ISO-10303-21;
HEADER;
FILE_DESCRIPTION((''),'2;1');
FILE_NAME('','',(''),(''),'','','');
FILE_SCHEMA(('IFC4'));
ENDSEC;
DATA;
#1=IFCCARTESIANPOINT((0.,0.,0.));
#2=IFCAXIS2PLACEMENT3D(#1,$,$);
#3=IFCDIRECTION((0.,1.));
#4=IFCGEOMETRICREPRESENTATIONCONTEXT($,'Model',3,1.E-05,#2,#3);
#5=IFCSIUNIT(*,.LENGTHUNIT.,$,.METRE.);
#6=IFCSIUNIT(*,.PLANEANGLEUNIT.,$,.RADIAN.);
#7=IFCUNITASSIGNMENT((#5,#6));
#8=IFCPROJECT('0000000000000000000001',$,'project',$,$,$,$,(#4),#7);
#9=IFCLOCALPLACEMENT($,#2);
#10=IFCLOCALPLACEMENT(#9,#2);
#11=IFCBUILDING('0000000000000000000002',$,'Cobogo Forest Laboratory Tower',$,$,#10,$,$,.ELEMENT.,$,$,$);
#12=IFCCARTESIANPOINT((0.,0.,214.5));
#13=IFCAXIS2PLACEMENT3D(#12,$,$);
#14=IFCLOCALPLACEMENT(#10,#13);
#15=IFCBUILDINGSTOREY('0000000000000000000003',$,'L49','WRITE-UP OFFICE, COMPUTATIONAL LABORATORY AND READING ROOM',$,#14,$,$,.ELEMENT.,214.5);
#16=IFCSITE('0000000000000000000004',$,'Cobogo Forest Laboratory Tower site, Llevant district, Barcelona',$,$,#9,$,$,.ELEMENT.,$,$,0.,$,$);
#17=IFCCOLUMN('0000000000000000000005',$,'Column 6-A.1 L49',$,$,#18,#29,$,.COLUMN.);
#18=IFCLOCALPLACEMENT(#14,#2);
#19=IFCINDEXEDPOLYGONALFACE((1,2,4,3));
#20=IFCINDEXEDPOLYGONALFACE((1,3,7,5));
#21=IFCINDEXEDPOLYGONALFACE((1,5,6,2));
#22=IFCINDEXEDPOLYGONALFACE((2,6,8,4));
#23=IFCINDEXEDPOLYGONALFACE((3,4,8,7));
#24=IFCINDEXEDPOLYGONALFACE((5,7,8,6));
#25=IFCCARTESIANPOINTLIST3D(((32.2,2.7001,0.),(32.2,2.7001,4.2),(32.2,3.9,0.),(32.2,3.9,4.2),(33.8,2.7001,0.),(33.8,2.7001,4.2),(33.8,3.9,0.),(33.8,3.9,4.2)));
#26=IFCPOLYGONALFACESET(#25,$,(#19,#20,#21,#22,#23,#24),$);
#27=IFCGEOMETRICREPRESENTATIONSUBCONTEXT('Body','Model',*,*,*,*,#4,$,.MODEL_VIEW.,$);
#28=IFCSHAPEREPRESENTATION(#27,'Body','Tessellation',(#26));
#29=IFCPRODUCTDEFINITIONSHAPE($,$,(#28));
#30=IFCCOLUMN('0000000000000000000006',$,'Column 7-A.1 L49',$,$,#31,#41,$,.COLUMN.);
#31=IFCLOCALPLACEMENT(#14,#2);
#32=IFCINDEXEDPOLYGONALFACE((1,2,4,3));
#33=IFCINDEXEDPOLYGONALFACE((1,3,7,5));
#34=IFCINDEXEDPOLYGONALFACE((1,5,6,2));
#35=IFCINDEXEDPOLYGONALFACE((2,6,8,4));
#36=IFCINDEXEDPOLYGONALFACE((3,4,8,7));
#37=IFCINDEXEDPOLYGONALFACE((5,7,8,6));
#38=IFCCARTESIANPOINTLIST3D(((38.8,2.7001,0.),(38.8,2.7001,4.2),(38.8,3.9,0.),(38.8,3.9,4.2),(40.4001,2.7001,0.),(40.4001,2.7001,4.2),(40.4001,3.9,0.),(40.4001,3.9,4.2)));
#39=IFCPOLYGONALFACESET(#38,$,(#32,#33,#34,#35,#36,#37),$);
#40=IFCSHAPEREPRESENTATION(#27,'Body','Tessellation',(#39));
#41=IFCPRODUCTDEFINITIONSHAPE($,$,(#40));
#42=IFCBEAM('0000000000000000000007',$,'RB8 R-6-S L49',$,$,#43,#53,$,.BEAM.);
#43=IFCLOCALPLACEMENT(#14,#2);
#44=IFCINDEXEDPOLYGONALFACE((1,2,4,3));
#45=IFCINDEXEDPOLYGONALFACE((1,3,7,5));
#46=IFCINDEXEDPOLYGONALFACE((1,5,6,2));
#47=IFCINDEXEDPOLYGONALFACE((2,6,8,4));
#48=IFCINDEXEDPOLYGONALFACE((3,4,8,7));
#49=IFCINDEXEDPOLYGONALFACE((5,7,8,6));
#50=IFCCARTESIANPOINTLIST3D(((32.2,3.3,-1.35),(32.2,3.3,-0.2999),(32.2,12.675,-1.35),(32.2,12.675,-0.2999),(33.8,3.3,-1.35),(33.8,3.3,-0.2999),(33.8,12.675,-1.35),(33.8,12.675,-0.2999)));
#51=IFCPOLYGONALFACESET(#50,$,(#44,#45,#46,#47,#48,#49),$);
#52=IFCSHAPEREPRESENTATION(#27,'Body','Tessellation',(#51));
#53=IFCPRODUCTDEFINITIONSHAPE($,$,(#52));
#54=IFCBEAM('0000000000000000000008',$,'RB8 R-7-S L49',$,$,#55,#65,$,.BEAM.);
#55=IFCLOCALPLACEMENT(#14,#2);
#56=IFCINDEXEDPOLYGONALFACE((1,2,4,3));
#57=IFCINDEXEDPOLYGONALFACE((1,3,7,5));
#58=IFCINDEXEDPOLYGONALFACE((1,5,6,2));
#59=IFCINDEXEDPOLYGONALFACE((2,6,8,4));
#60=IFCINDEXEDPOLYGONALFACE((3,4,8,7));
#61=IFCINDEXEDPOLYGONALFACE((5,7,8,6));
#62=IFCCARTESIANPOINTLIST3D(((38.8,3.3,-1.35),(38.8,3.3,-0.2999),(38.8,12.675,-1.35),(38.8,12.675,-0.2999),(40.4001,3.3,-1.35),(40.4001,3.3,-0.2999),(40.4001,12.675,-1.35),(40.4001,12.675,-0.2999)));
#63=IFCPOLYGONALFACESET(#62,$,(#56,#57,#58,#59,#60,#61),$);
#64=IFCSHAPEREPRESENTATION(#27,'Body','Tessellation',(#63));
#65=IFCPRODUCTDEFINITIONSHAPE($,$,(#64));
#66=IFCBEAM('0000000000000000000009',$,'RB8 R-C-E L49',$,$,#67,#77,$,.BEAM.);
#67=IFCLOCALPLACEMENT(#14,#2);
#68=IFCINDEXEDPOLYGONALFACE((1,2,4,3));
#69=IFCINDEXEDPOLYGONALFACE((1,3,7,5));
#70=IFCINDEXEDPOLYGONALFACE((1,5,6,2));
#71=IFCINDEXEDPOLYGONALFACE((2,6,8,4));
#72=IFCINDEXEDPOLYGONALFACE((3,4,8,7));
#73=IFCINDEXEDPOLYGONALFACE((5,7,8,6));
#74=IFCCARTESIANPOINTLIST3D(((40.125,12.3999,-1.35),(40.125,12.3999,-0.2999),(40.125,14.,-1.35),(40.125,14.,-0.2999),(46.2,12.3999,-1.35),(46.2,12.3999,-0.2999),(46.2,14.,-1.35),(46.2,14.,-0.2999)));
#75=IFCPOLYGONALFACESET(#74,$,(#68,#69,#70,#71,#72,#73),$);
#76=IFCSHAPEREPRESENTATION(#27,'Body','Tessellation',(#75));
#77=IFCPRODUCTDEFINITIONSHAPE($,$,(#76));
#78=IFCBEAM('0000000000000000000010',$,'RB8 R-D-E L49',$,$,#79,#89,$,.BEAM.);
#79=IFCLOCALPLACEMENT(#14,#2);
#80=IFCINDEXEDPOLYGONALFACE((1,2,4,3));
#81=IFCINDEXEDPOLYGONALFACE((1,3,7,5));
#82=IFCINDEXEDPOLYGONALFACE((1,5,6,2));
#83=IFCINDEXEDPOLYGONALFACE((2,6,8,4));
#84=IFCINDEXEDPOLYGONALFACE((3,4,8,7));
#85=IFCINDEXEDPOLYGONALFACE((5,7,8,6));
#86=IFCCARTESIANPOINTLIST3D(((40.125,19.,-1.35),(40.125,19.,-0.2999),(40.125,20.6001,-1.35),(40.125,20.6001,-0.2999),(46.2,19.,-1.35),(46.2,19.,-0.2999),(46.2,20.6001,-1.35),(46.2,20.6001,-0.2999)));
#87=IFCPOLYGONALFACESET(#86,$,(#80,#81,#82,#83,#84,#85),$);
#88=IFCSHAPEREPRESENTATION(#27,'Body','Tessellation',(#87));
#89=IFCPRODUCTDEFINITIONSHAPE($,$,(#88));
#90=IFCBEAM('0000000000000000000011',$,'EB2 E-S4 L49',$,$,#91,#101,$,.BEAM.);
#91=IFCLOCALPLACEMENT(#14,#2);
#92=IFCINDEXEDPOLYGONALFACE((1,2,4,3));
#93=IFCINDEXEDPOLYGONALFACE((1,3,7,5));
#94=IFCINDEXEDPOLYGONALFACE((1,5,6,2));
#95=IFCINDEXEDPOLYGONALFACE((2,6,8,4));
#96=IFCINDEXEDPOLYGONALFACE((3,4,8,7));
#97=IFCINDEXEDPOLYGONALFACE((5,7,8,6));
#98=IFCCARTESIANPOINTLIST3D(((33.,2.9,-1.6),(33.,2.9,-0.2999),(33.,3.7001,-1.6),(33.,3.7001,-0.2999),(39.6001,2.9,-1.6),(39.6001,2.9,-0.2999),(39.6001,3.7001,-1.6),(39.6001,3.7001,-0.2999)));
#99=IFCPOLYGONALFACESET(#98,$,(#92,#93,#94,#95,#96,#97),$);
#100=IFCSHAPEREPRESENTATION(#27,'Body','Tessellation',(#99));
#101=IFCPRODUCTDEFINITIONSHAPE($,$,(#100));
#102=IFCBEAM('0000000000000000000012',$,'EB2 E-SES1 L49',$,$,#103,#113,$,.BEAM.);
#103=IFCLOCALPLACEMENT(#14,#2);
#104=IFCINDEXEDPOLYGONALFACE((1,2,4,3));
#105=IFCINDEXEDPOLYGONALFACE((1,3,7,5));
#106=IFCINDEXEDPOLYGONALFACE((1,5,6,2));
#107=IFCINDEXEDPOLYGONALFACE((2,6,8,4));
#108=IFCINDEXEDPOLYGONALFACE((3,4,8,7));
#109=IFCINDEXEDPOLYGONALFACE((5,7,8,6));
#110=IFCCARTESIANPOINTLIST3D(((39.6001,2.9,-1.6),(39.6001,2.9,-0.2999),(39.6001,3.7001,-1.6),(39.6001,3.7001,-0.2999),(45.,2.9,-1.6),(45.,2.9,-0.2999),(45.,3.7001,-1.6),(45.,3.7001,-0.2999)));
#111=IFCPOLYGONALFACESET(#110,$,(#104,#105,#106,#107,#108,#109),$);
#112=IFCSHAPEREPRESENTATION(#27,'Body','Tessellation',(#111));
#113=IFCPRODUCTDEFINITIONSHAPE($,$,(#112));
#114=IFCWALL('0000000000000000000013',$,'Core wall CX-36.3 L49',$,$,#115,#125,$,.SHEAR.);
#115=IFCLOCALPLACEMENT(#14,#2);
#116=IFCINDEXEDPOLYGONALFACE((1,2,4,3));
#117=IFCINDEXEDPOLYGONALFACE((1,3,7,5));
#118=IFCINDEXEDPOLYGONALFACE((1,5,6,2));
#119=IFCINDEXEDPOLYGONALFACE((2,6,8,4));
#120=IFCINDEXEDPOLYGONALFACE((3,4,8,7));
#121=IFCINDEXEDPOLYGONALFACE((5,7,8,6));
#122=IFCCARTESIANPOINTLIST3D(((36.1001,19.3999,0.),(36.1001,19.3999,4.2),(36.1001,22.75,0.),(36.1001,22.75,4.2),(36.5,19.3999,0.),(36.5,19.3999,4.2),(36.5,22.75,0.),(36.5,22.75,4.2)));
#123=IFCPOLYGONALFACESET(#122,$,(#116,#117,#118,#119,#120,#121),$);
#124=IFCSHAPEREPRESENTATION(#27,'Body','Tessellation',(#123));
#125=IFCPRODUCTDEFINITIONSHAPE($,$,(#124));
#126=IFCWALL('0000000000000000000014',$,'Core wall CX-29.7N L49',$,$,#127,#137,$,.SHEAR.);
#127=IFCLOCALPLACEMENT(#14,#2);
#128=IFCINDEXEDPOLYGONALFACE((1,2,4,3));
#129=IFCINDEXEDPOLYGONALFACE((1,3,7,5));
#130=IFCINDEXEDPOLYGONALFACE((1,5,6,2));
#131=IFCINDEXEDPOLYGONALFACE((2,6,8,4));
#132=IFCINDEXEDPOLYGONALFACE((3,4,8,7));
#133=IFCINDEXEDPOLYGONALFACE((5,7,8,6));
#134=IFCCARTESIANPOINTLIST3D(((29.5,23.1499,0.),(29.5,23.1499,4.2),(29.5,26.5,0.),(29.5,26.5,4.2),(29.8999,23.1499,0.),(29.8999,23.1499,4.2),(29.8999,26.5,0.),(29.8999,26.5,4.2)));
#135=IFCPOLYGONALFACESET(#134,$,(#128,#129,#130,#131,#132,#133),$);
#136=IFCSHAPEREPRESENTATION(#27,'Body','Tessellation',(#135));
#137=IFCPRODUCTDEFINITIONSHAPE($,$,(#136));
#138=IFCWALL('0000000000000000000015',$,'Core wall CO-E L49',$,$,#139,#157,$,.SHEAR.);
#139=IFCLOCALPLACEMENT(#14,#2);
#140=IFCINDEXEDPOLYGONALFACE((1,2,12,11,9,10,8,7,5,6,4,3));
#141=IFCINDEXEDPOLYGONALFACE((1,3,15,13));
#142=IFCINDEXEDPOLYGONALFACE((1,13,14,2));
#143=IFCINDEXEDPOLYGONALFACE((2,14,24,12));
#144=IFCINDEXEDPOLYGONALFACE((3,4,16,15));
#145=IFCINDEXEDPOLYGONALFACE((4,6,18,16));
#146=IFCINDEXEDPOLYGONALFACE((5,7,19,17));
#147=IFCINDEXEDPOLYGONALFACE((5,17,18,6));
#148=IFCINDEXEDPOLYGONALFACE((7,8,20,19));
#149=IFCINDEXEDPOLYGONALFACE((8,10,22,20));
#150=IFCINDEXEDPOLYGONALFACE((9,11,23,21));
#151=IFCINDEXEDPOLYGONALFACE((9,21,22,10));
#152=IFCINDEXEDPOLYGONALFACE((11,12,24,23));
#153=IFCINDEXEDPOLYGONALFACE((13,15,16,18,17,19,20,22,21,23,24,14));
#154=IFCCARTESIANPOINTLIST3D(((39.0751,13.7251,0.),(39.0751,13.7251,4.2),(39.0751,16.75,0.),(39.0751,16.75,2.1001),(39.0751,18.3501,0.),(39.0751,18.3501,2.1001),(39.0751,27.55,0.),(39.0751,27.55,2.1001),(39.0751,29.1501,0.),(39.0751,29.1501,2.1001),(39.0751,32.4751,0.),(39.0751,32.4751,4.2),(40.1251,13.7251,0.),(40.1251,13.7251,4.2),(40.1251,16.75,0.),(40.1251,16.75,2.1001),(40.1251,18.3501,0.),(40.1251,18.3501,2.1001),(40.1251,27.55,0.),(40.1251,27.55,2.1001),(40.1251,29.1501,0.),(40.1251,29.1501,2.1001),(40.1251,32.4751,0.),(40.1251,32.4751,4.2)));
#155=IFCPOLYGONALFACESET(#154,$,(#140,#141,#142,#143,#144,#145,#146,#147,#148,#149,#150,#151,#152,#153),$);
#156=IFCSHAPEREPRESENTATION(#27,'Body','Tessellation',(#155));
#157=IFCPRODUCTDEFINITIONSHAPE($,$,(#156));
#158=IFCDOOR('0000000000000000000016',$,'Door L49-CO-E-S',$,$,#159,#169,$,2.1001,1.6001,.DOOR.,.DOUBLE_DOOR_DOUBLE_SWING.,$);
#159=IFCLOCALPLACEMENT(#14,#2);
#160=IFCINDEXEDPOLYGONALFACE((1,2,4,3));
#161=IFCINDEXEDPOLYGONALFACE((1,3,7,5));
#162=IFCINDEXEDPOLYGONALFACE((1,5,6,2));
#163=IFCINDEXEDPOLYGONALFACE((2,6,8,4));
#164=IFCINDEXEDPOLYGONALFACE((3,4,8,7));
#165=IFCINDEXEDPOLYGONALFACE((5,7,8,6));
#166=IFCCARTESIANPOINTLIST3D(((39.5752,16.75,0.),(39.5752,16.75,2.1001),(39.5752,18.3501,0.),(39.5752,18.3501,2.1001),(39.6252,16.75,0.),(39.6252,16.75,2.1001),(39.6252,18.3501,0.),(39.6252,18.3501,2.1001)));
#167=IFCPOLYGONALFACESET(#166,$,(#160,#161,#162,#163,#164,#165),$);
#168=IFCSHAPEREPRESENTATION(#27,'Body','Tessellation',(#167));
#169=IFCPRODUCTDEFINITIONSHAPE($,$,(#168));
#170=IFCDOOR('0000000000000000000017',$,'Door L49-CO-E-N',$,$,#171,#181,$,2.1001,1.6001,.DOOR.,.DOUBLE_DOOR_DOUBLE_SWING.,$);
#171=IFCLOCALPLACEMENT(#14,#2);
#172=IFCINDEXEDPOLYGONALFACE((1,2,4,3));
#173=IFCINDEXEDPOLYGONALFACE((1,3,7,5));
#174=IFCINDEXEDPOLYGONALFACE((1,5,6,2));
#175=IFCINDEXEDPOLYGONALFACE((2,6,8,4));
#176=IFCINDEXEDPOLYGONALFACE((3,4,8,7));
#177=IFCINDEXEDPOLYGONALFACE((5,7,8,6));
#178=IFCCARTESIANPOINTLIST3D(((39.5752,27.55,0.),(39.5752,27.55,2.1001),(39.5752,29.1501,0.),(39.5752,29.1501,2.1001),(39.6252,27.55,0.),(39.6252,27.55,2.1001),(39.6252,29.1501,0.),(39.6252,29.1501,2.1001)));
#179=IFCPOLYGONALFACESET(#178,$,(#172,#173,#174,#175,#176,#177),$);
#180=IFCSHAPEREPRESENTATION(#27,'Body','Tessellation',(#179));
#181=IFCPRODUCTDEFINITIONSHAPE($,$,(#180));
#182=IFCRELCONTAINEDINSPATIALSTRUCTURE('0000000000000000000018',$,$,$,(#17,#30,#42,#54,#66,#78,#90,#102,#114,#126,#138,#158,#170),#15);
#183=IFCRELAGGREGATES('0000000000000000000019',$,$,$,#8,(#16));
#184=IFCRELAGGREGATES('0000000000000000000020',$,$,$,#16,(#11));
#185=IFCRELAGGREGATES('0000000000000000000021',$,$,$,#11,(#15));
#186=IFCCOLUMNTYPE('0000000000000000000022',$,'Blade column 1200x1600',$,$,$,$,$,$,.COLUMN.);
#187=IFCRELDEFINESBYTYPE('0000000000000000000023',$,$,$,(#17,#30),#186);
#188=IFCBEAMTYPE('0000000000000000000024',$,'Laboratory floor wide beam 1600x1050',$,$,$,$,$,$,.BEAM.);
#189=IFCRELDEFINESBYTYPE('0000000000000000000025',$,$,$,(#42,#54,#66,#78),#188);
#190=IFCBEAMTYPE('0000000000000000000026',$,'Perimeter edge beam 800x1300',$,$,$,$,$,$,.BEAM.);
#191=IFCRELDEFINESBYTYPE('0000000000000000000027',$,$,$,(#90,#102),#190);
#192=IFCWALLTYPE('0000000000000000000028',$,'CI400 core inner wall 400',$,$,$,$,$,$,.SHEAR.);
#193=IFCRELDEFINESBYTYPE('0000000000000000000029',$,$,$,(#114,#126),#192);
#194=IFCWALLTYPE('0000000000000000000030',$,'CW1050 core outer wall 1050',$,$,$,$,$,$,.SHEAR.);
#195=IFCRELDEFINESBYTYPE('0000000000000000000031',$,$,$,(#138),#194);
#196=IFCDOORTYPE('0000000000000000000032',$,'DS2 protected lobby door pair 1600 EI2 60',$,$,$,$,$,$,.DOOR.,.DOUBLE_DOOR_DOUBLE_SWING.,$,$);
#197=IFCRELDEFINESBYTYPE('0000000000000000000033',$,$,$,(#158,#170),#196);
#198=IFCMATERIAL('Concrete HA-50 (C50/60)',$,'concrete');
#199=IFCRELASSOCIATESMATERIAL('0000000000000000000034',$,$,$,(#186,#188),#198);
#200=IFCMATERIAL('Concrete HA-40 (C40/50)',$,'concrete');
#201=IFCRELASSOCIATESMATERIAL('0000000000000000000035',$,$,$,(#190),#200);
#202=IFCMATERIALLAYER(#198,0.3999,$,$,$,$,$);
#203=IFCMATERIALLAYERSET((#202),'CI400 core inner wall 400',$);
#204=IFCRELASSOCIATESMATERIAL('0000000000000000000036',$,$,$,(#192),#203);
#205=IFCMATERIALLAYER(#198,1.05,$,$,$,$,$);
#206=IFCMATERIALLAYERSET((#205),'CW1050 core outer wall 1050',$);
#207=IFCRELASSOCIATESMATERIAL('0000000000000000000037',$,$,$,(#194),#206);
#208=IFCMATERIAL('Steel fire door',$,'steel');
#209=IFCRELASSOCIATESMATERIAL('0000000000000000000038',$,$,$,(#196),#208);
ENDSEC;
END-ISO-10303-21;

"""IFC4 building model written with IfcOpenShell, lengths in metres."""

from ifc_helpers import new_model, si_unit, direction, frame, frame_2d, origin, origin_2d, place, context, subcontext, project, spatial, rectangle, extrude, material, layer, layer_set, material_profile, profile_set, type_object, element, fill, save


model = new_model("IFC4")

# Units and contexts
model_context = context("Model", 3, precision=1e-05, world=origin(), true_north=direction((0.0, 1.0)))
body_context = subcontext(model_context, "Body", "Model", "MODEL_VIEW")
ifc_project = project(units=[si_unit("LENGTHUNIT", "METRE"), si_unit("PLANEANGLEUNIT", "RADIAN")], contexts=[model_context])

# Site, building, storey
site_placement = place(None, origin())
site = spatial("IfcSite", under=ifc_project, at=site_placement, Name="Cobogo Forest Laboratory Tower site, Llevant district, Barcelona", CompositionType="ELEMENT", RefElevation=0.0)
building_placement = place(site_placement, origin())
building = spatial("IfcBuilding", under=site, at=building_placement, Name="Cobogo Forest Laboratory Tower", CompositionType="ELEMENT")
storey_placement = place(building_placement, frame((0.0, 0.0, 214.5)))
storey = spatial("IfcBuildingStorey", under=building, at=storey_placement, Name="L49", Description="WRITE-UP OFFICE, COMPUTATIONAL LABORATORY AND READING ROOM", CompositionType="ELEMENT", Elevation=214.5)

# Columns
ifc_material_1 = material(Name="Concrete HA-50 (C50/60)", Category="concrete")
ifc_material_profile_1 = material_profile(ifc_material_1, rectangle(XDim=1.6001, YDim=1.2, at=origin_2d()), Name="RC 1200x1600")
ifc_profile_set_1 = profile_set([ifc_material_profile_1], Name="Concrete HA-50 (C50/60)")
column_type = type_object("IfcColumnType", Name="Blade column 1200x1600", PredefinedType="COLUMN", material=ifc_profile_set_1)
for number, where, z_axis, x_axis, name in (
    (1, (33.0, 3.3, 0.0), (0.0, 0.0, 1.0), (1.0, 0.0, 0.0), "Column 6-A.1 L49"),
    (2, (39.6001, 3.3, 0.0), (0.0, 0.0, 1.0), (1.0, 0.0, 0.0), "Column 7-A.1 L49"),
):
    element("IfcColumn", number, at=place(storey_placement, frame(where, z_axis=z_axis, x_axis=x_axis)), inside=storey, type_object=column_type, Name=name, PredefinedType="COLUMN", context=body_context, shape_type="SweptSolid", body=[
        extrude(rectangle(XDim=1.6001, YDim=1.2, at=origin_2d()), origin(), (0.0, 0.0, 1.0), 4.2),
    ])

# Beams
ifc_material_profile_2 = material_profile(ifc_material_1, rectangle(XDim=1.6001, YDim=1.05, at=origin_2d()), Name="RC 1600x1050")
ifc_profile_set_2 = profile_set([ifc_material_profile_2], Name="Concrete HA-50 (C50/60)")
beam_type_1 = type_object("IfcBeamType", Name="Laboratory floor wide beam 1600x1050", PredefinedType="BEAM", material=ifc_profile_set_2)
for number, where, z_axis, x_axis, name in (
    (3, (33.0, 12.675, -0.825), (0.0, -1.0, 0.0), (1.0, 0.0, 0.0), "RB8 R-6-S L49"),
    (4, (39.6001, 12.675, -0.825), (0.0, -1.0, 0.0), (1.0, 0.0, 0.0), "RB8 R-7-S L49"),
):
    element("IfcBeam", number, at=place(storey_placement, frame(where, z_axis=z_axis, x_axis=x_axis)), inside=storey, type_object=beam_type_1, Name=name, PredefinedType="BEAM", context=body_context, shape_type="SweptSolid", body=[
        extrude(rectangle(XDim=1.6001, YDim=1.05, at=origin_2d()), origin(), (0.0, 0.0, 1.0), 9.375),
    ])
for number, where, z_axis, x_axis, name in (
    (5, (40.125, 13.2, -0.825), (1.0, 0.0, 0.0), (0.0, 1.0, 0.0), "RB8 R-C-E L49"),
    (6, (40.125, 19.8, -0.825), (1.0, 0.0, 0.0), (0.0, 1.0, 0.0), "RB8 R-D-E L49"),
):
    element("IfcBeam", number, at=place(storey_placement, frame(where, z_axis=z_axis, x_axis=x_axis)), inside=storey, type_object=beam_type_1, Name=name, PredefinedType="BEAM", context=body_context, shape_type="SweptSolid", body=[
        extrude(rectangle(XDim=1.6001, YDim=1.05, at=origin_2d()), origin(), (0.0, 0.0, 1.0), 6.075),
    ])
ifc_material_2 = material(Name="Concrete HA-40 (C40/50)", Category="concrete")
ifc_material_profile_3 = material_profile(ifc_material_2, rectangle(XDim=0.8, YDim=1.3, at=origin_2d()), Name="RC 800x1300")
ifc_profile_set_3 = profile_set([ifc_material_profile_3], Name="Concrete HA-40 (C40/50)")
beam_type_2 = type_object("IfcBeamType", Name="Perimeter edge beam 800x1300", PredefinedType="BEAM", material=ifc_profile_set_3)
beam_1_placement = place(storey_placement, frame((33.0, 3.3, -0.95), z_axis=(1.0, 0.0, 0.0), x_axis=(0.0, 1.0, 0.0)))
element("IfcBeam", 7, at=beam_1_placement, inside=storey, type_object=beam_type_2, Name="EB2 E-S4 L49", PredefinedType="BEAM", context=body_context, shape_type="SweptSolid", body=[
    extrude(rectangle(XDim=0.8, YDim=1.3, at=origin_2d()), origin(), (0.0, 0.0, 1.0), 6.6001),
])
beam_2_placement = place(storey_placement, frame((39.6001, 3.3, -0.95), z_axis=(1.0, 0.0, 0.0), x_axis=(0.0, 1.0, 0.0)))
element("IfcBeam", 8, at=beam_2_placement, inside=storey, type_object=beam_type_2, Name="EB2 E-SES1 L49", PredefinedType="BEAM", context=body_context, shape_type="SweptSolid", body=[
    extrude(rectangle(XDim=0.8, YDim=1.3, at=origin_2d()), origin(), (0.0, 0.0, 1.0), 5.3999),
])

# Walls
ifc_layer_1 = layer(ifc_material_1, 0.3999)
ifc_layer_set_1 = layer_set([ifc_layer_1], Name="CI400 core inner wall 400")
wall_type_1 = type_object("IfcWallType", Name="CI400 core inner wall 400", PredefinedType="SHEAR", material=ifc_layer_set_1)
for number, where, z_axis, x_axis, name in (
    (9, (36.3, 19.3999, 0.0), (0.0, 0.0, 1.0), (0.0, 1.0, 0.0), "Core wall CX-36.3 L49"),
    (10, (29.7, 23.1499, 0.0), (0.0, 0.0, 1.0), (0.0, 1.0, 0.0), "Core wall CX-29.7N L49"),
):
    element("IfcWall", number, at=place(storey_placement, frame(where, z_axis=z_axis, x_axis=x_axis)), inside=storey, type_object=wall_type_1, Name=name, PredefinedType="SHEAR", context=body_context, shape_type="SweptSolid", body=[
        extrude(rectangle(XDim=3.3501, YDim=0.3999, at=frame_2d((1.675, 0.0))), origin(), (0.0, 0.0, 1.0), 4.2),
    ])

# Wall, openings, doors
ifc_layer_2 = layer(ifc_material_1, 1.05)
ifc_layer_set_2 = layer_set([ifc_layer_2], Name="CW1050 core outer wall 1050")
wall_type_2 = type_object("IfcWallType", Name="CW1050 core outer wall 1050", PredefinedType="SHEAR", material=ifc_layer_set_2)
wall_1_placement = place(storey_placement, frame((39.6001, 13.7251, 0.0), z_axis=(0.0, 0.0, 1.0), x_axis=(0.0, 1.0, 0.0)))
wall_1 = element("IfcWall", 11, at=wall_1_placement, inside=storey, type_object=wall_type_2, Name="Core wall CO-E L49", PredefinedType="SHEAR", context=body_context, shape_type="SweptSolid", body=[
    extrude(rectangle(XDim=18.75, YDim=1.05, at=frame_2d((9.375, 0.0))), origin(), (0.0, 0.0, 1.0), 4.2),
])
opening_1_placement = place(wall_1_placement, frame((3.0249, 0.0, 0.0)))
opening_1 = element("IfcOpeningElement", 12, at=opening_1_placement, cuts=wall_1, PredefinedType="OPENING", context=body_context, shape_type="SweptSolid", body=[
    extrude(rectangle(XDim=1.6001, YDim=2.1001, at=frame_2d((0.8, 1.05))), frame((0.0, 0.5349, 0.0), z_axis=(0.0, -1.0, 0.0), x_axis=(1.0, 0.0, 0.0)), (0.0, 0.0, 1.0), 1.0701),
])
opening_2_placement = place(wall_1_placement, frame((13.825, 0.0, 0.0)))
opening_2 = element("IfcOpeningElement", 13, at=opening_2_placement, cuts=wall_1, PredefinedType="OPENING", context=body_context, shape_type="SweptSolid", body=[
    extrude(rectangle(XDim=1.6001, YDim=2.1001, at=frame_2d((0.8, 1.05))), frame((0.0, 0.5349, 0.0), z_axis=(0.0, -1.0, 0.0), x_axis=(1.0, 0.0, 0.0)), (0.0, 0.0, 1.0), 1.0701),
])
ifc_material_3 = material(Name="Steel fire door", Category="steel")
door_type_1 = type_object("IfcDoorType", Name="DS2 protected lobby door pair 1600 EI2 60", OperationType="DOUBLE_DOOR_DOUBLE_SWING", PredefinedType="DOOR", material=ifc_material_3)
door_1_placement = place(opening_1_placement, origin())
door_1 = element("IfcDoor", 14, at=door_1_placement, inside=storey, type_object=door_type_1, Name="Door L49-CO-E-S", OperationType="DOUBLE_DOOR_DOUBLE_SWING", OverallHeight=2.1001, OverallWidth=1.6001, PredefinedType="DOOR", context=body_context, shape_type="SweptSolid", body=[
    extrude(rectangle(XDim=1.6001, YDim=2.1001, at=frame_2d((0.8, 1.05))), frame((0.0, 0.0249, 0.0), z_axis=(0.0, -1.0, 0.0), x_axis=(1.0, 0.0, 0.0)), (0.0, 0.0, 1.0), 0.05),
])
fill(opening_1, door_1)
door_2_placement = place(opening_2_placement, origin())
door_2 = element("IfcDoor", 15, at=door_2_placement, inside=storey, type_object=door_type_1, Name="Door L49-CO-E-N", OperationType="DOUBLE_DOOR_DOUBLE_SWING", OverallHeight=2.1001, OverallWidth=1.6001, PredefinedType="DOOR", context=body_context, shape_type="SweptSolid", body=[
    extrude(rectangle(XDim=1.6001, YDim=2.1001, at=frame_2d((0.8, 1.05))), frame((0.0, 0.0249, 0.0), z_axis=(0.0, -1.0, 0.0), x_axis=(1.0, 0.0, 0.0)), (0.0, 0.0, 1.0), 0.05),
])
fill(opening_2, door_2)

save(model, "model.ifc")
